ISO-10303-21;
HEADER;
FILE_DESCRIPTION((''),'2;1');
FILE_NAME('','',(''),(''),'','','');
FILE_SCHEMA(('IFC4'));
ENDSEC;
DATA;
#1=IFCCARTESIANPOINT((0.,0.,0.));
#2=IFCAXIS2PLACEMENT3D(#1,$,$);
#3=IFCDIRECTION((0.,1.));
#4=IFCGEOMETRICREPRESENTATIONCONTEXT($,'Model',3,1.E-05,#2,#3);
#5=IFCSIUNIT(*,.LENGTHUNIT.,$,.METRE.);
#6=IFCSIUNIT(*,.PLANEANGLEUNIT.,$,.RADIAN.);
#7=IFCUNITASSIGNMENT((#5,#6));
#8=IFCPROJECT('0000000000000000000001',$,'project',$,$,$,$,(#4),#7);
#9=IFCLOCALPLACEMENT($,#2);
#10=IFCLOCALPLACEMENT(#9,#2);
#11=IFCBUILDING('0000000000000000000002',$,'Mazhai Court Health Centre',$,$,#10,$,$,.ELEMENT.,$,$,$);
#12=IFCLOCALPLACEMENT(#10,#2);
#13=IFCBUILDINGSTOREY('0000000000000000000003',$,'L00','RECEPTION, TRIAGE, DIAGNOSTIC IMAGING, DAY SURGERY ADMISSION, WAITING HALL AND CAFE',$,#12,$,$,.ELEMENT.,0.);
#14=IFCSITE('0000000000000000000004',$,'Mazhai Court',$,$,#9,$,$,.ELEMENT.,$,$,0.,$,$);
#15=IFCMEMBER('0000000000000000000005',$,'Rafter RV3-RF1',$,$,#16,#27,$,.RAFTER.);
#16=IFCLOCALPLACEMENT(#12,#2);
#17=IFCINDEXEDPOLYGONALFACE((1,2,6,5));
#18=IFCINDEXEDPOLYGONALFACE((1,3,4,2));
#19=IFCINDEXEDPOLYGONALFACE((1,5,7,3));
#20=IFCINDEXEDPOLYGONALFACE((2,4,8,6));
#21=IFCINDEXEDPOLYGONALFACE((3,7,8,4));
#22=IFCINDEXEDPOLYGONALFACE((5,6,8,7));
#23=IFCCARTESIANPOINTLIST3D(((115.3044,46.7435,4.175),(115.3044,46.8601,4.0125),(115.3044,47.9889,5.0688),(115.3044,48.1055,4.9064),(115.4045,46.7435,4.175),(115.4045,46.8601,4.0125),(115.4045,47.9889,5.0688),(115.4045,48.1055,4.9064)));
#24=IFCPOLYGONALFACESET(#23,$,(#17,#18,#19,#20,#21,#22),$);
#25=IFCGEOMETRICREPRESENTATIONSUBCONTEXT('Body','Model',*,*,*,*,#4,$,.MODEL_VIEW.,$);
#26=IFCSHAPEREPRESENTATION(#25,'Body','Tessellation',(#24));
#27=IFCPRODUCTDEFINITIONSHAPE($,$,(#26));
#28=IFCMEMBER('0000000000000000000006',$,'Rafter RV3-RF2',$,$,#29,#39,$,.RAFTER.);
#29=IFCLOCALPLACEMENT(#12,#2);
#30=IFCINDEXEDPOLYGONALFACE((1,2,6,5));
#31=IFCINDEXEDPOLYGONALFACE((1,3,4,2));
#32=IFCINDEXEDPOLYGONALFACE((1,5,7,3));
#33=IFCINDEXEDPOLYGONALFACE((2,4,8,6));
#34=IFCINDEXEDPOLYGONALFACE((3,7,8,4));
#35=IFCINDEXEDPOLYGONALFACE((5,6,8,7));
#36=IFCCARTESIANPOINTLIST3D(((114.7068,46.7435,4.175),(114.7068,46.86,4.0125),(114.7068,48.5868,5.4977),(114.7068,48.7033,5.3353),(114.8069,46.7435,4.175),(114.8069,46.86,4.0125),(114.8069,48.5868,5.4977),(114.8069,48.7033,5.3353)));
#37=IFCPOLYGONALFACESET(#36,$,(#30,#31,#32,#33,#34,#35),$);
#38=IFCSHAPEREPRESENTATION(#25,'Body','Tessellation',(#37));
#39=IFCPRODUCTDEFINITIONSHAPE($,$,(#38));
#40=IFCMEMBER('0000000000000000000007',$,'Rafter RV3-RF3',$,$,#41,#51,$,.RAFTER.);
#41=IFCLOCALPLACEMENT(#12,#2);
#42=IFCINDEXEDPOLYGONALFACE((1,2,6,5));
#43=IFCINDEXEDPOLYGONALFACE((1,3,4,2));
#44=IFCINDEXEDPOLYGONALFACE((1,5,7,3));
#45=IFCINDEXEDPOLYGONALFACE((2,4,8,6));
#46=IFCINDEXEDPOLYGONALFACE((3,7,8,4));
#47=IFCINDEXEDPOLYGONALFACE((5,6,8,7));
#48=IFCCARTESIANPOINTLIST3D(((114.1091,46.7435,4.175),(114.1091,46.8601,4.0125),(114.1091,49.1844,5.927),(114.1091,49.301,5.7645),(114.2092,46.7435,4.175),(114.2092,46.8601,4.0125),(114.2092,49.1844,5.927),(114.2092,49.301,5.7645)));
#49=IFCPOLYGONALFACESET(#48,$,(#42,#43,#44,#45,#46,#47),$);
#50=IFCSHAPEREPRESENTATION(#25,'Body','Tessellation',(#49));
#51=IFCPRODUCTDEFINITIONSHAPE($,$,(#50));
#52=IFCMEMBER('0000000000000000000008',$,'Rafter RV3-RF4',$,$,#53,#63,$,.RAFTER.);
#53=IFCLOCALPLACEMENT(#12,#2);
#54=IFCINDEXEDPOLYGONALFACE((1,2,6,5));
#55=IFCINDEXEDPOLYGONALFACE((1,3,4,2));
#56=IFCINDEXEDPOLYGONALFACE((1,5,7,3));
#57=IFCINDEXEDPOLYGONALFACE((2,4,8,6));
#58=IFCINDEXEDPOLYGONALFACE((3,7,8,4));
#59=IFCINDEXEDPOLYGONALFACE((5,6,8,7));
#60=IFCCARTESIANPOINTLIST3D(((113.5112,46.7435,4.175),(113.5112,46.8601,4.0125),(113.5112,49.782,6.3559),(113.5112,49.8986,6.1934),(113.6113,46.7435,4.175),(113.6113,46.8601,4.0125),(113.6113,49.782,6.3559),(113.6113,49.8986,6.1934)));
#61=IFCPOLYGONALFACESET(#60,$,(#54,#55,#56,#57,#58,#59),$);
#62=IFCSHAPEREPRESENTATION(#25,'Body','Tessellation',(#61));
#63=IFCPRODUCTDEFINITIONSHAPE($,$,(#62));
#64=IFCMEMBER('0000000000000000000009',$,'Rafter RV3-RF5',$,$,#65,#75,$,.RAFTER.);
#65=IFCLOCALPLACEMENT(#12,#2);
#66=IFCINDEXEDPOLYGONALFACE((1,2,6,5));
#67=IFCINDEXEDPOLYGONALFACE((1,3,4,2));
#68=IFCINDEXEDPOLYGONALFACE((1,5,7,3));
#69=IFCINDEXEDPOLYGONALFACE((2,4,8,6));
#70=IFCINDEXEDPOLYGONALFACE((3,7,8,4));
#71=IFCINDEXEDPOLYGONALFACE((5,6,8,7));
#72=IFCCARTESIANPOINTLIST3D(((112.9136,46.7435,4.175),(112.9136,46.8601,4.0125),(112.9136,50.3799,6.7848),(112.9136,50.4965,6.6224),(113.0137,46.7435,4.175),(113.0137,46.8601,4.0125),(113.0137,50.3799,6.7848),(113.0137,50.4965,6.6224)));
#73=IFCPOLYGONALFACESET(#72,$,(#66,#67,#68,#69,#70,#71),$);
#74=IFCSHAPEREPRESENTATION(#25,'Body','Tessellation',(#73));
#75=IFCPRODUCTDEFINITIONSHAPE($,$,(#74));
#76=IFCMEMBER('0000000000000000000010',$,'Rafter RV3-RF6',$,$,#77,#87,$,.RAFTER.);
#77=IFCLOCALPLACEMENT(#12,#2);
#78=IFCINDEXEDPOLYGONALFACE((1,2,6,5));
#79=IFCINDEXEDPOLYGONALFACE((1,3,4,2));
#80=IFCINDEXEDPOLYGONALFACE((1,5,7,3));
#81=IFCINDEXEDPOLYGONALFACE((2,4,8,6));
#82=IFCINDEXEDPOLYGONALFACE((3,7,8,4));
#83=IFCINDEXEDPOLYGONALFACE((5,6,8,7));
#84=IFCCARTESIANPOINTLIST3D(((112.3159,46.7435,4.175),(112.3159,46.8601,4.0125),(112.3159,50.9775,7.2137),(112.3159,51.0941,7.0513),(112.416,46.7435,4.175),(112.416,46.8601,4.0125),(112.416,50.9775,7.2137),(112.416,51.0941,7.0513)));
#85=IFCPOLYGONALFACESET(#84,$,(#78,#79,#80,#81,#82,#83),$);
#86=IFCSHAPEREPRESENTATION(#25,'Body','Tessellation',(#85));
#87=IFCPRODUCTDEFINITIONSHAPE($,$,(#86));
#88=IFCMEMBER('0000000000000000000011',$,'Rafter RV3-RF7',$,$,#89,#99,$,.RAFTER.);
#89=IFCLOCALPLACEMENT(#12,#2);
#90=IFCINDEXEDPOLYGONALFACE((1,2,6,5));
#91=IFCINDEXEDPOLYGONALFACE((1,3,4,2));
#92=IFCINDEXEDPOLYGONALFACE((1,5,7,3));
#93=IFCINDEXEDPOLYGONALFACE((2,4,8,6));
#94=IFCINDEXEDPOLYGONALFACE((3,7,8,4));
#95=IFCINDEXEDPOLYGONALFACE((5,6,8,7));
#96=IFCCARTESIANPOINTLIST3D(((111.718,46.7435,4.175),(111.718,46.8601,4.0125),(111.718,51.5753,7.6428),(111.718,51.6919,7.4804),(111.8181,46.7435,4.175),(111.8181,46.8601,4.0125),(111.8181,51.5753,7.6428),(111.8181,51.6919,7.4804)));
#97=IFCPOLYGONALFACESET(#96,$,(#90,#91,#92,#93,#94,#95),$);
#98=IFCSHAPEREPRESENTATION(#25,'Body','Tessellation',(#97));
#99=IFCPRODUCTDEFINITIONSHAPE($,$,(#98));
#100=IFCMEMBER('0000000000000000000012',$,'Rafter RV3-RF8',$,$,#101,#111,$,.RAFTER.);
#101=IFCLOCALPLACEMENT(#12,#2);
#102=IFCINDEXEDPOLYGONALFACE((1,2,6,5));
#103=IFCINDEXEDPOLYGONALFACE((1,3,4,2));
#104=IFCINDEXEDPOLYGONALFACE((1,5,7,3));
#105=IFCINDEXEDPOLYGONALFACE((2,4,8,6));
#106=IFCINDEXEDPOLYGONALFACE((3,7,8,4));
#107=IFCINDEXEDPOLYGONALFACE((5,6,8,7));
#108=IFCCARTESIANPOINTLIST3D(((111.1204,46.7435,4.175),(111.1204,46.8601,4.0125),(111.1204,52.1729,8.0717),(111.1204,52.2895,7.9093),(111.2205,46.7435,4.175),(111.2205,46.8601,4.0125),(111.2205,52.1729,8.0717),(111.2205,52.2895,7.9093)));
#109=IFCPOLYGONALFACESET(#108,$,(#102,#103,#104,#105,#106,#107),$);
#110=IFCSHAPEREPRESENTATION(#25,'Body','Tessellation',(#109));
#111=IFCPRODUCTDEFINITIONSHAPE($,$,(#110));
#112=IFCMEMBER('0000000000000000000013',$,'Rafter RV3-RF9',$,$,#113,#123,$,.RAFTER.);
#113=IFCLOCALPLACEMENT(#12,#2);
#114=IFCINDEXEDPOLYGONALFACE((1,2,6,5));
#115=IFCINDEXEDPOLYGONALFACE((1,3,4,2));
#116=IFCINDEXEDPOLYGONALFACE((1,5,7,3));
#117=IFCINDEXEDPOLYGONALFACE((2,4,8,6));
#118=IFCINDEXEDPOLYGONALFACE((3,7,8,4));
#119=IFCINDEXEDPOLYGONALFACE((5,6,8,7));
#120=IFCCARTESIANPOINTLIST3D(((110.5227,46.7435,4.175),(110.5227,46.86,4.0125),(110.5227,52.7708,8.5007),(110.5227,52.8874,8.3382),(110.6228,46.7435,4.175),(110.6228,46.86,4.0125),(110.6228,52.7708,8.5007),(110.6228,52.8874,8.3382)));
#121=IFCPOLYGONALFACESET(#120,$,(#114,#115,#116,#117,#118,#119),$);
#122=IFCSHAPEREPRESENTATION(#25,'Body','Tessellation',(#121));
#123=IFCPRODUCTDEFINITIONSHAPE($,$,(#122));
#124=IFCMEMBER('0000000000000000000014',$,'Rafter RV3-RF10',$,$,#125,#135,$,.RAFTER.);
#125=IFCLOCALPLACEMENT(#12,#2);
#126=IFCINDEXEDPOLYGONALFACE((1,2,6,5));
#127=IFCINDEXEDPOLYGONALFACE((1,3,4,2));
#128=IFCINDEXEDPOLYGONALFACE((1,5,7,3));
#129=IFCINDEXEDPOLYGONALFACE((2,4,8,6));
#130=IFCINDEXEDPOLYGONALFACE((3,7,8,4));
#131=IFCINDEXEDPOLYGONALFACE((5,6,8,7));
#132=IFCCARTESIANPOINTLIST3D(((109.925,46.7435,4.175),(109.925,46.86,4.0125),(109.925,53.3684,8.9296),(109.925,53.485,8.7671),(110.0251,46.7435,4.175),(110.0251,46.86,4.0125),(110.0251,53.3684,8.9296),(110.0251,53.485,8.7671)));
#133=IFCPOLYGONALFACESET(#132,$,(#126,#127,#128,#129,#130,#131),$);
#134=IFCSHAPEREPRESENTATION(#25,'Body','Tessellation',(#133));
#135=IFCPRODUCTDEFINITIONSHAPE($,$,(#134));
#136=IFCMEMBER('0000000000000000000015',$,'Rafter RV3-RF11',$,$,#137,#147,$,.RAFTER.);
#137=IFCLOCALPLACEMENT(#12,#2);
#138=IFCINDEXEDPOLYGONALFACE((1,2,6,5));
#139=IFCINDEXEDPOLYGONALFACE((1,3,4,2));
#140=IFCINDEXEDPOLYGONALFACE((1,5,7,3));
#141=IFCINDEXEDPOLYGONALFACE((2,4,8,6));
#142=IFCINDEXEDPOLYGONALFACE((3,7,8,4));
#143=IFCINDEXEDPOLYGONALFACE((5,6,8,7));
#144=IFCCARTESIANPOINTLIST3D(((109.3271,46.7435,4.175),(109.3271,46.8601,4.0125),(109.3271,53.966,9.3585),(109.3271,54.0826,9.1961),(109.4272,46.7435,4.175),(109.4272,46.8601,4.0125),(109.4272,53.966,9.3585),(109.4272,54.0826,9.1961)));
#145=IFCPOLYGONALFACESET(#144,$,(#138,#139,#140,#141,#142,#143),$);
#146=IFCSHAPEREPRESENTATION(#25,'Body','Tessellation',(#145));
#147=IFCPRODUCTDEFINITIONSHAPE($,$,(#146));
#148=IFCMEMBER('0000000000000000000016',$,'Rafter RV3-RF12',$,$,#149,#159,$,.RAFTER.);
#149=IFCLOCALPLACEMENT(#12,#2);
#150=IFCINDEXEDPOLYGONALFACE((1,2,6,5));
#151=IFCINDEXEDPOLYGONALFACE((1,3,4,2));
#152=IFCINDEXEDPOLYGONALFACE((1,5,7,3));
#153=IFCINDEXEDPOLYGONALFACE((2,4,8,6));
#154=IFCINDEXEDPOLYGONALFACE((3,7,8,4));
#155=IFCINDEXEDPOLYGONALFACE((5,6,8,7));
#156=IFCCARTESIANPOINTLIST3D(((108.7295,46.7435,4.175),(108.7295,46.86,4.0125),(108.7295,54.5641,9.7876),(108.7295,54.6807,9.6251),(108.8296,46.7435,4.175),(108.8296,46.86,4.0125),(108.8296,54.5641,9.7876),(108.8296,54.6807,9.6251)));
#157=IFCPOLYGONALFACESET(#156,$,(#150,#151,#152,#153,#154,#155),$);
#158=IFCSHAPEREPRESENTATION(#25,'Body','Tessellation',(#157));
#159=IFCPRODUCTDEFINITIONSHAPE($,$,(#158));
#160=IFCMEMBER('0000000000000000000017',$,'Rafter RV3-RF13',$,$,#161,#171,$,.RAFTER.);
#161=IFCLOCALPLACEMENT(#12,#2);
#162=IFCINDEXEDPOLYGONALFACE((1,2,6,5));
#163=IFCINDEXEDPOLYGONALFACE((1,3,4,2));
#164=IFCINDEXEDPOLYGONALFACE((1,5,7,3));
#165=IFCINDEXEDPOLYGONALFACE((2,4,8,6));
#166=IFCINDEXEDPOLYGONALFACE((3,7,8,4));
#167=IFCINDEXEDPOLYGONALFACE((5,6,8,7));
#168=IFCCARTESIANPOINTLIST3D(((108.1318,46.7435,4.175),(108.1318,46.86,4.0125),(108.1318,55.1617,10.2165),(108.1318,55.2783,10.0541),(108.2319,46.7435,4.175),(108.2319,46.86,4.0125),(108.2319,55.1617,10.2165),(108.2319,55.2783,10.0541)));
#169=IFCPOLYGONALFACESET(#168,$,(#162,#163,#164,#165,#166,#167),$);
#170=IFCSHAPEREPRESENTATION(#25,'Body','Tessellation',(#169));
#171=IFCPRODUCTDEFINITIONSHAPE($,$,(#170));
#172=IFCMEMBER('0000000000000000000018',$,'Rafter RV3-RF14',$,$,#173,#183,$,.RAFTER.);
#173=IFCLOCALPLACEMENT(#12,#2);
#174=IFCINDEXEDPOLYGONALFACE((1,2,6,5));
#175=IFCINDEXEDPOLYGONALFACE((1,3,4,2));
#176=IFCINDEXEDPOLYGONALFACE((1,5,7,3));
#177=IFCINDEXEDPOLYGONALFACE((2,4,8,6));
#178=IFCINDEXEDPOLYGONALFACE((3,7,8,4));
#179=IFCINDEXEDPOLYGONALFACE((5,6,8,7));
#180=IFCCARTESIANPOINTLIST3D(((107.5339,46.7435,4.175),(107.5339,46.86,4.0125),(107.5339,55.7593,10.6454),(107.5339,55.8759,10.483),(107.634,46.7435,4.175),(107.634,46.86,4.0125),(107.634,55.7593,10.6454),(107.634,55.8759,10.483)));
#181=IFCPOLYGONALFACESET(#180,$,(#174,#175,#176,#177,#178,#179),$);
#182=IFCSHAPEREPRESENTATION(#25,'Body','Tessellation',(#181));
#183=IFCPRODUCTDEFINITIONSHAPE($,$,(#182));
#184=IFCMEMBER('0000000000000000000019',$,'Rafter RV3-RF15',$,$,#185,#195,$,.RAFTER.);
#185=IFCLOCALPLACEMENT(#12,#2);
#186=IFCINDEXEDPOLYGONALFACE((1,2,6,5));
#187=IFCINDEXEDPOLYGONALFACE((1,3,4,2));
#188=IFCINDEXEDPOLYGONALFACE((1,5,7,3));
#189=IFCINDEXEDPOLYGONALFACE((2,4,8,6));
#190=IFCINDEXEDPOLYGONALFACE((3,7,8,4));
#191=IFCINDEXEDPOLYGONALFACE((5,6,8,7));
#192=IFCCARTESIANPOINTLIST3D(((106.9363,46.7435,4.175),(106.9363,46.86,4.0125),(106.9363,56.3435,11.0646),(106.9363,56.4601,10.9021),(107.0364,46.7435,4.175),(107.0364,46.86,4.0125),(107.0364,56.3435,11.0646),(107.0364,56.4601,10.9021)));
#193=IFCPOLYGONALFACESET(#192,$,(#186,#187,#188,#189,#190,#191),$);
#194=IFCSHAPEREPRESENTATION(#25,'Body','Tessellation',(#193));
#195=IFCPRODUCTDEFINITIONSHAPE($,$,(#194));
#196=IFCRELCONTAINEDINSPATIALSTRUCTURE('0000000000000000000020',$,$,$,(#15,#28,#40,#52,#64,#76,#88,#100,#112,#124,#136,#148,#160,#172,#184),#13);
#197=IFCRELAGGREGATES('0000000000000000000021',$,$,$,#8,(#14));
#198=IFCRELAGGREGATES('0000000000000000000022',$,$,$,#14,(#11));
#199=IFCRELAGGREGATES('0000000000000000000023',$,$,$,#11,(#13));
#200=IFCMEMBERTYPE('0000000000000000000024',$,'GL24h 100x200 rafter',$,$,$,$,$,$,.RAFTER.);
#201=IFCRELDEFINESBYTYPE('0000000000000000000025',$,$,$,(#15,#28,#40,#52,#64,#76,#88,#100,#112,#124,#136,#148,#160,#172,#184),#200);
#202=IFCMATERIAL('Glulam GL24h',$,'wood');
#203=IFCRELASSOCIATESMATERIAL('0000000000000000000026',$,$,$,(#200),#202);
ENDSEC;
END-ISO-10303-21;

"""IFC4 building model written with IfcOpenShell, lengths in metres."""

from ifc_helpers import new_model, si_unit, direction, frame, origin, origin_2d, place, context, subcontext, project, spatial, rectangle, extrude, material, material_profile, profile_set, type_object, element, save


model = new_model("IFC4")

# Units and contexts
model_context = context("Model", 3, precision=1e-05, world=origin(), true_north=direction((0.0, 1.0)))
body_context = subcontext(model_context, "Body", "Model", "MODEL_VIEW")
ifc_project = project(units=[si_unit("LENGTHUNIT", "METRE"), si_unit("PLANEANGLEUNIT", "RADIAN")], contexts=[model_context])

# Site, building, storey
site_placement = place(None, origin())
site = spatial("IfcSite", under=ifc_project, at=site_placement, Name="Mazhai Court", CompositionType="ELEMENT", RefElevation=0.0)
building_placement = place(site_placement, origin())
building = spatial("IfcBuilding", under=site, at=building_placement, Name="Mazhai Court Health Centre", CompositionType="ELEMENT")
storey_placement = place(building_placement, origin())
storey = spatial("IfcBuildingStorey", under=building, at=storey_placement, Name="L00", Description="RECEPTION, TRIAGE, DIAGNOSTIC IMAGING, DAY SURGERY ADMISSION, WAITING HALL AND CAFE", CompositionType="ELEMENT", Elevation=0.0)

# Members
ifc_material_1 = material(Name="Glulam GL24h", Category="wood")
ifc_material_profile = material_profile(ifc_material_1, rectangle(XDim=0.1001, YDim=0.2, at=origin_2d()), Name="GL24h 100x200")
ifc_profile_set = profile_set([ifc_material_profile], Name="Glulam GL24h")
member_type = type_object("IfcMemberType", Name="GL24h 100x200 rafter", PredefinedType="RAFTER", material=ifc_profile_set)
member_1_placement = place(storey_placement, frame((115.3545, 46.8018, 4.0938), z_axis=(0.0, 0.812419, 0.583075), x_axis=(-1.0, 0.0, 0.0)))
element("IfcMember", 1, at=member_1_placement, inside=storey, type_object=member_type, Name="Rafter RV3-RF1", PredefinedType="RAFTER", context=body_context, shape_type="SweptSolid", body=[
    extrude(rectangle(XDim=0.1001, YDim=0.2, at=origin_2d()), origin(), (0.0, 0.0, 1.0), 1.533),
])
member_2_placement = place(storey_placement, frame((114.7568, 46.8018, 4.0938), z_axis=(0.0, 0.812452, 0.583028), x_axis=(-1.0, 0.0, 0.0)))
element("IfcMember", 2, at=member_2_placement, inside=storey, type_object=member_type, Name="Rafter RV3-RF2", PredefinedType="RAFTER", context=body_context, shape_type="SweptSolid", body=[
    extrude(rectangle(XDim=0.1001, YDim=0.2, at=origin_2d()), origin(), (0.0, 0.0, 1.0), 2.2688),
])
member_3_placement = place(storey_placement, frame((114.1592, 46.8018, 4.0938), z_axis=(0.0, 0.812403, 0.583097), x_axis=(-1.0, 0.0, 0.0)))
element("IfcMember", 3, at=member_3_placement, inside=storey, type_object=member_type, Name="Rafter RV3-RF3", PredefinedType="RAFTER", context=body_context, shape_type="SweptSolid", body=[
    extrude(rectangle(XDim=0.1001, YDim=0.2, at=origin_2d()), origin(), (0.0, 0.0, 1.0), 3.0046),
])
member_4_placement = place(storey_placement, frame((113.5613, 46.8018, 4.0938), z_axis=(0.0, 0.812404, 0.583095), x_axis=(-1.0, 0.0, 0.0)))
element("IfcMember", 4, at=member_4_placement, inside=storey, type_object=member_type, Name="Rafter RV3-RF4", PredefinedType="RAFTER", context=body_context, shape_type="SweptSolid", body=[
    extrude(rectangle(XDim=0.1001, YDim=0.2, at=origin_2d()), origin(), (0.0, 0.0, 1.0), 3.7402),
])
member_5_placement = place(storey_placement, frame((112.9636, 46.8018, 4.0938), z_axis=(0.0, 0.812423, 0.583068), x_axis=(-1.0, 0.0, 0.0)))
element("IfcMember", 5, at=member_5_placement, inside=storey, type_object=member_type, Name="Rafter RV3-RF5", PredefinedType="RAFTER", context=body_context, shape_type="SweptSolid", body=[
    extrude(rectangle(XDim=0.1001, YDim=0.2, at=origin_2d()), origin(), (0.0, 0.0, 1.0), 4.4761),
])
member_6_placement = place(storey_placement, frame((112.366, 46.8018, 4.0938), z_axis=(0.0, 0.812421, 0.583071), x_axis=(-1.0, 0.0, 0.0)))
element("IfcMember", 6, at=member_6_placement, inside=storey, type_object=member_type, Name="Rafter RV3-RF6", PredefinedType="RAFTER", context=body_context, shape_type="SweptSolid", body=[
    extrude(rectangle(XDim=0.1001, YDim=0.2, at=origin_2d()), origin(), (0.0, 0.0, 1.0), 5.2117),
])
member_7_placement = place(storey_placement, frame((111.7681, 46.8018, 4.0938), z_axis=(0.0, 0.812419, 0.583073), x_axis=(-1.0, 0.0, 0.0)))
element("IfcMember", 7, at=member_7_placement, inside=storey, type_object=member_type, Name="Rafter RV3-RF7", PredefinedType="RAFTER", context=body_context, shape_type="SweptSolid", body=[
    extrude(rectangle(XDim=0.1001, YDim=0.2, at=origin_2d()), origin(), (0.0, 0.0, 1.0), 5.9475),
])
member_8_placement = place(storey_placement, frame((111.1704, 46.8018, 4.0938), z_axis=(0.0, 0.812418, 0.583075), x_axis=(-1.0, 0.0, 0.0)))
element("IfcMember", 8, at=member_8_placement, inside=storey, type_object=member_type, Name="Rafter RV3-RF8", PredefinedType="RAFTER", context=body_context, shape_type="SweptSolid", body=[
    extrude(rectangle(XDim=0.1001, YDim=0.2, at=origin_2d()), origin(), (0.0, 0.0, 1.0), 6.6831),
])
member_9_placement = place(storey_placement, frame((110.5728, 46.8018, 4.0938), z_axis=(0.0, 0.812428, 0.583061), x_axis=(-1.0, 0.0, 0.0)))
element("IfcMember", 9, at=member_9_placement, inside=storey, type_object=member_type, Name="Rafter RV3-RF9", PredefinedType="RAFTER", context=body_context, shape_type="SweptSolid", body=[
    extrude(rectangle(XDim=0.1001, YDim=0.2, at=origin_2d()), origin(), (0.0, 0.0, 1.0), 7.4189),
])
member_10_placement = place(storey_placement, frame((109.9751, 46.8018, 4.0938), z_axis=(0.0, 0.812427, 0.583063), x_axis=(-1.0, 0.0, 0.0)))
element("IfcMember", 10, at=member_10_placement, inside=storey, type_object=member_type, Name="Rafter RV3-RF10", PredefinedType="RAFTER", context=body_context, shape_type="SweptSolid", body=[
    extrude(rectangle(XDim=0.1001, YDim=0.2, at=origin_2d()), origin(), (0.0, 0.0, 1.0), 8.1545),
])
member_11_placement = place(storey_placement, frame((109.3772, 46.8018, 4.0938), z_axis=(0.0, 0.812425, 0.583066), x_axis=(-1.0, 0.0, 0.0)))
element("IfcMember", 11, at=member_11_placement, inside=storey, type_object=member_type, Name="Rafter RV3-RF11", PredefinedType="RAFTER", context=body_context, shape_type="SweptSolid", body=[
    extrude(rectangle(XDim=0.1001, YDim=0.2, at=origin_2d()), origin(), (0.0, 0.0, 1.0), 8.8901),
])
member_12_placement = place(storey_placement, frame((108.7795, 46.8018, 4.0938), z_axis=(0.0, 0.812432, 0.583055), x_axis=(-1.0, 0.0, 0.0)))
element("IfcMember", 12, at=member_12_placement, inside=storey, type_object=member_type, Name="Rafter RV3-RF12", PredefinedType="RAFTER", context=body_context, shape_type="SweptSolid", body=[
    extrude(rectangle(XDim=0.1001, YDim=0.2, at=origin_2d()), origin(), (0.0, 0.0, 1.0), 9.6262),
])
member_13_placement = place(storey_placement, frame((108.1819, 46.8018, 4.0938), z_axis=(0.0, 0.812431, 0.583058), x_axis=(-1.0, 0.0, 0.0)))
element("IfcMember", 13, at=member_13_placement, inside=storey, type_object=member_type, Name="Rafter RV3-RF13", PredefinedType="RAFTER", context=body_context, shape_type="SweptSolid", body=[
    extrude(rectangle(XDim=0.1001, YDim=0.2, at=origin_2d()), origin(), (0.0, 0.0, 1.0), 10.3618),
])
member_14_placement = place(storey_placement, frame((107.584, 46.8018, 4.0938), z_axis=(0.0, 0.812429, 0.58306), x_axis=(-1.0, 0.0, 0.0)))
element("IfcMember", 14, at=member_14_placement, inside=storey, type_object=member_type, Name="Rafter RV3-RF14", PredefinedType="RAFTER", context=body_context, shape_type="SweptSolid", body=[
    extrude(rectangle(XDim=0.1001, YDim=0.2, at=origin_2d()), origin(), (0.0, 0.0, 1.0), 11.0974),
])
member_15_placement = place(storey_placement, frame((106.9863, 46.8018, 4.0938), z_axis=(0.0, 0.812433, 0.583054), x_axis=(-1.0, 0.0, 0.0)))
element("IfcMember", 15, at=member_15_placement, inside=storey, type_object=member_type, Name="Rafter RV3-RF15", PredefinedType="RAFTER", context=body_context, shape_type="SweptSolid", body=[
    extrude(rectangle(XDim=0.1001, YDim=0.2, at=origin_2d()), origin(), (0.0, 0.0, 1.0), 11.8164),
])

save(model, "model.ifc")
